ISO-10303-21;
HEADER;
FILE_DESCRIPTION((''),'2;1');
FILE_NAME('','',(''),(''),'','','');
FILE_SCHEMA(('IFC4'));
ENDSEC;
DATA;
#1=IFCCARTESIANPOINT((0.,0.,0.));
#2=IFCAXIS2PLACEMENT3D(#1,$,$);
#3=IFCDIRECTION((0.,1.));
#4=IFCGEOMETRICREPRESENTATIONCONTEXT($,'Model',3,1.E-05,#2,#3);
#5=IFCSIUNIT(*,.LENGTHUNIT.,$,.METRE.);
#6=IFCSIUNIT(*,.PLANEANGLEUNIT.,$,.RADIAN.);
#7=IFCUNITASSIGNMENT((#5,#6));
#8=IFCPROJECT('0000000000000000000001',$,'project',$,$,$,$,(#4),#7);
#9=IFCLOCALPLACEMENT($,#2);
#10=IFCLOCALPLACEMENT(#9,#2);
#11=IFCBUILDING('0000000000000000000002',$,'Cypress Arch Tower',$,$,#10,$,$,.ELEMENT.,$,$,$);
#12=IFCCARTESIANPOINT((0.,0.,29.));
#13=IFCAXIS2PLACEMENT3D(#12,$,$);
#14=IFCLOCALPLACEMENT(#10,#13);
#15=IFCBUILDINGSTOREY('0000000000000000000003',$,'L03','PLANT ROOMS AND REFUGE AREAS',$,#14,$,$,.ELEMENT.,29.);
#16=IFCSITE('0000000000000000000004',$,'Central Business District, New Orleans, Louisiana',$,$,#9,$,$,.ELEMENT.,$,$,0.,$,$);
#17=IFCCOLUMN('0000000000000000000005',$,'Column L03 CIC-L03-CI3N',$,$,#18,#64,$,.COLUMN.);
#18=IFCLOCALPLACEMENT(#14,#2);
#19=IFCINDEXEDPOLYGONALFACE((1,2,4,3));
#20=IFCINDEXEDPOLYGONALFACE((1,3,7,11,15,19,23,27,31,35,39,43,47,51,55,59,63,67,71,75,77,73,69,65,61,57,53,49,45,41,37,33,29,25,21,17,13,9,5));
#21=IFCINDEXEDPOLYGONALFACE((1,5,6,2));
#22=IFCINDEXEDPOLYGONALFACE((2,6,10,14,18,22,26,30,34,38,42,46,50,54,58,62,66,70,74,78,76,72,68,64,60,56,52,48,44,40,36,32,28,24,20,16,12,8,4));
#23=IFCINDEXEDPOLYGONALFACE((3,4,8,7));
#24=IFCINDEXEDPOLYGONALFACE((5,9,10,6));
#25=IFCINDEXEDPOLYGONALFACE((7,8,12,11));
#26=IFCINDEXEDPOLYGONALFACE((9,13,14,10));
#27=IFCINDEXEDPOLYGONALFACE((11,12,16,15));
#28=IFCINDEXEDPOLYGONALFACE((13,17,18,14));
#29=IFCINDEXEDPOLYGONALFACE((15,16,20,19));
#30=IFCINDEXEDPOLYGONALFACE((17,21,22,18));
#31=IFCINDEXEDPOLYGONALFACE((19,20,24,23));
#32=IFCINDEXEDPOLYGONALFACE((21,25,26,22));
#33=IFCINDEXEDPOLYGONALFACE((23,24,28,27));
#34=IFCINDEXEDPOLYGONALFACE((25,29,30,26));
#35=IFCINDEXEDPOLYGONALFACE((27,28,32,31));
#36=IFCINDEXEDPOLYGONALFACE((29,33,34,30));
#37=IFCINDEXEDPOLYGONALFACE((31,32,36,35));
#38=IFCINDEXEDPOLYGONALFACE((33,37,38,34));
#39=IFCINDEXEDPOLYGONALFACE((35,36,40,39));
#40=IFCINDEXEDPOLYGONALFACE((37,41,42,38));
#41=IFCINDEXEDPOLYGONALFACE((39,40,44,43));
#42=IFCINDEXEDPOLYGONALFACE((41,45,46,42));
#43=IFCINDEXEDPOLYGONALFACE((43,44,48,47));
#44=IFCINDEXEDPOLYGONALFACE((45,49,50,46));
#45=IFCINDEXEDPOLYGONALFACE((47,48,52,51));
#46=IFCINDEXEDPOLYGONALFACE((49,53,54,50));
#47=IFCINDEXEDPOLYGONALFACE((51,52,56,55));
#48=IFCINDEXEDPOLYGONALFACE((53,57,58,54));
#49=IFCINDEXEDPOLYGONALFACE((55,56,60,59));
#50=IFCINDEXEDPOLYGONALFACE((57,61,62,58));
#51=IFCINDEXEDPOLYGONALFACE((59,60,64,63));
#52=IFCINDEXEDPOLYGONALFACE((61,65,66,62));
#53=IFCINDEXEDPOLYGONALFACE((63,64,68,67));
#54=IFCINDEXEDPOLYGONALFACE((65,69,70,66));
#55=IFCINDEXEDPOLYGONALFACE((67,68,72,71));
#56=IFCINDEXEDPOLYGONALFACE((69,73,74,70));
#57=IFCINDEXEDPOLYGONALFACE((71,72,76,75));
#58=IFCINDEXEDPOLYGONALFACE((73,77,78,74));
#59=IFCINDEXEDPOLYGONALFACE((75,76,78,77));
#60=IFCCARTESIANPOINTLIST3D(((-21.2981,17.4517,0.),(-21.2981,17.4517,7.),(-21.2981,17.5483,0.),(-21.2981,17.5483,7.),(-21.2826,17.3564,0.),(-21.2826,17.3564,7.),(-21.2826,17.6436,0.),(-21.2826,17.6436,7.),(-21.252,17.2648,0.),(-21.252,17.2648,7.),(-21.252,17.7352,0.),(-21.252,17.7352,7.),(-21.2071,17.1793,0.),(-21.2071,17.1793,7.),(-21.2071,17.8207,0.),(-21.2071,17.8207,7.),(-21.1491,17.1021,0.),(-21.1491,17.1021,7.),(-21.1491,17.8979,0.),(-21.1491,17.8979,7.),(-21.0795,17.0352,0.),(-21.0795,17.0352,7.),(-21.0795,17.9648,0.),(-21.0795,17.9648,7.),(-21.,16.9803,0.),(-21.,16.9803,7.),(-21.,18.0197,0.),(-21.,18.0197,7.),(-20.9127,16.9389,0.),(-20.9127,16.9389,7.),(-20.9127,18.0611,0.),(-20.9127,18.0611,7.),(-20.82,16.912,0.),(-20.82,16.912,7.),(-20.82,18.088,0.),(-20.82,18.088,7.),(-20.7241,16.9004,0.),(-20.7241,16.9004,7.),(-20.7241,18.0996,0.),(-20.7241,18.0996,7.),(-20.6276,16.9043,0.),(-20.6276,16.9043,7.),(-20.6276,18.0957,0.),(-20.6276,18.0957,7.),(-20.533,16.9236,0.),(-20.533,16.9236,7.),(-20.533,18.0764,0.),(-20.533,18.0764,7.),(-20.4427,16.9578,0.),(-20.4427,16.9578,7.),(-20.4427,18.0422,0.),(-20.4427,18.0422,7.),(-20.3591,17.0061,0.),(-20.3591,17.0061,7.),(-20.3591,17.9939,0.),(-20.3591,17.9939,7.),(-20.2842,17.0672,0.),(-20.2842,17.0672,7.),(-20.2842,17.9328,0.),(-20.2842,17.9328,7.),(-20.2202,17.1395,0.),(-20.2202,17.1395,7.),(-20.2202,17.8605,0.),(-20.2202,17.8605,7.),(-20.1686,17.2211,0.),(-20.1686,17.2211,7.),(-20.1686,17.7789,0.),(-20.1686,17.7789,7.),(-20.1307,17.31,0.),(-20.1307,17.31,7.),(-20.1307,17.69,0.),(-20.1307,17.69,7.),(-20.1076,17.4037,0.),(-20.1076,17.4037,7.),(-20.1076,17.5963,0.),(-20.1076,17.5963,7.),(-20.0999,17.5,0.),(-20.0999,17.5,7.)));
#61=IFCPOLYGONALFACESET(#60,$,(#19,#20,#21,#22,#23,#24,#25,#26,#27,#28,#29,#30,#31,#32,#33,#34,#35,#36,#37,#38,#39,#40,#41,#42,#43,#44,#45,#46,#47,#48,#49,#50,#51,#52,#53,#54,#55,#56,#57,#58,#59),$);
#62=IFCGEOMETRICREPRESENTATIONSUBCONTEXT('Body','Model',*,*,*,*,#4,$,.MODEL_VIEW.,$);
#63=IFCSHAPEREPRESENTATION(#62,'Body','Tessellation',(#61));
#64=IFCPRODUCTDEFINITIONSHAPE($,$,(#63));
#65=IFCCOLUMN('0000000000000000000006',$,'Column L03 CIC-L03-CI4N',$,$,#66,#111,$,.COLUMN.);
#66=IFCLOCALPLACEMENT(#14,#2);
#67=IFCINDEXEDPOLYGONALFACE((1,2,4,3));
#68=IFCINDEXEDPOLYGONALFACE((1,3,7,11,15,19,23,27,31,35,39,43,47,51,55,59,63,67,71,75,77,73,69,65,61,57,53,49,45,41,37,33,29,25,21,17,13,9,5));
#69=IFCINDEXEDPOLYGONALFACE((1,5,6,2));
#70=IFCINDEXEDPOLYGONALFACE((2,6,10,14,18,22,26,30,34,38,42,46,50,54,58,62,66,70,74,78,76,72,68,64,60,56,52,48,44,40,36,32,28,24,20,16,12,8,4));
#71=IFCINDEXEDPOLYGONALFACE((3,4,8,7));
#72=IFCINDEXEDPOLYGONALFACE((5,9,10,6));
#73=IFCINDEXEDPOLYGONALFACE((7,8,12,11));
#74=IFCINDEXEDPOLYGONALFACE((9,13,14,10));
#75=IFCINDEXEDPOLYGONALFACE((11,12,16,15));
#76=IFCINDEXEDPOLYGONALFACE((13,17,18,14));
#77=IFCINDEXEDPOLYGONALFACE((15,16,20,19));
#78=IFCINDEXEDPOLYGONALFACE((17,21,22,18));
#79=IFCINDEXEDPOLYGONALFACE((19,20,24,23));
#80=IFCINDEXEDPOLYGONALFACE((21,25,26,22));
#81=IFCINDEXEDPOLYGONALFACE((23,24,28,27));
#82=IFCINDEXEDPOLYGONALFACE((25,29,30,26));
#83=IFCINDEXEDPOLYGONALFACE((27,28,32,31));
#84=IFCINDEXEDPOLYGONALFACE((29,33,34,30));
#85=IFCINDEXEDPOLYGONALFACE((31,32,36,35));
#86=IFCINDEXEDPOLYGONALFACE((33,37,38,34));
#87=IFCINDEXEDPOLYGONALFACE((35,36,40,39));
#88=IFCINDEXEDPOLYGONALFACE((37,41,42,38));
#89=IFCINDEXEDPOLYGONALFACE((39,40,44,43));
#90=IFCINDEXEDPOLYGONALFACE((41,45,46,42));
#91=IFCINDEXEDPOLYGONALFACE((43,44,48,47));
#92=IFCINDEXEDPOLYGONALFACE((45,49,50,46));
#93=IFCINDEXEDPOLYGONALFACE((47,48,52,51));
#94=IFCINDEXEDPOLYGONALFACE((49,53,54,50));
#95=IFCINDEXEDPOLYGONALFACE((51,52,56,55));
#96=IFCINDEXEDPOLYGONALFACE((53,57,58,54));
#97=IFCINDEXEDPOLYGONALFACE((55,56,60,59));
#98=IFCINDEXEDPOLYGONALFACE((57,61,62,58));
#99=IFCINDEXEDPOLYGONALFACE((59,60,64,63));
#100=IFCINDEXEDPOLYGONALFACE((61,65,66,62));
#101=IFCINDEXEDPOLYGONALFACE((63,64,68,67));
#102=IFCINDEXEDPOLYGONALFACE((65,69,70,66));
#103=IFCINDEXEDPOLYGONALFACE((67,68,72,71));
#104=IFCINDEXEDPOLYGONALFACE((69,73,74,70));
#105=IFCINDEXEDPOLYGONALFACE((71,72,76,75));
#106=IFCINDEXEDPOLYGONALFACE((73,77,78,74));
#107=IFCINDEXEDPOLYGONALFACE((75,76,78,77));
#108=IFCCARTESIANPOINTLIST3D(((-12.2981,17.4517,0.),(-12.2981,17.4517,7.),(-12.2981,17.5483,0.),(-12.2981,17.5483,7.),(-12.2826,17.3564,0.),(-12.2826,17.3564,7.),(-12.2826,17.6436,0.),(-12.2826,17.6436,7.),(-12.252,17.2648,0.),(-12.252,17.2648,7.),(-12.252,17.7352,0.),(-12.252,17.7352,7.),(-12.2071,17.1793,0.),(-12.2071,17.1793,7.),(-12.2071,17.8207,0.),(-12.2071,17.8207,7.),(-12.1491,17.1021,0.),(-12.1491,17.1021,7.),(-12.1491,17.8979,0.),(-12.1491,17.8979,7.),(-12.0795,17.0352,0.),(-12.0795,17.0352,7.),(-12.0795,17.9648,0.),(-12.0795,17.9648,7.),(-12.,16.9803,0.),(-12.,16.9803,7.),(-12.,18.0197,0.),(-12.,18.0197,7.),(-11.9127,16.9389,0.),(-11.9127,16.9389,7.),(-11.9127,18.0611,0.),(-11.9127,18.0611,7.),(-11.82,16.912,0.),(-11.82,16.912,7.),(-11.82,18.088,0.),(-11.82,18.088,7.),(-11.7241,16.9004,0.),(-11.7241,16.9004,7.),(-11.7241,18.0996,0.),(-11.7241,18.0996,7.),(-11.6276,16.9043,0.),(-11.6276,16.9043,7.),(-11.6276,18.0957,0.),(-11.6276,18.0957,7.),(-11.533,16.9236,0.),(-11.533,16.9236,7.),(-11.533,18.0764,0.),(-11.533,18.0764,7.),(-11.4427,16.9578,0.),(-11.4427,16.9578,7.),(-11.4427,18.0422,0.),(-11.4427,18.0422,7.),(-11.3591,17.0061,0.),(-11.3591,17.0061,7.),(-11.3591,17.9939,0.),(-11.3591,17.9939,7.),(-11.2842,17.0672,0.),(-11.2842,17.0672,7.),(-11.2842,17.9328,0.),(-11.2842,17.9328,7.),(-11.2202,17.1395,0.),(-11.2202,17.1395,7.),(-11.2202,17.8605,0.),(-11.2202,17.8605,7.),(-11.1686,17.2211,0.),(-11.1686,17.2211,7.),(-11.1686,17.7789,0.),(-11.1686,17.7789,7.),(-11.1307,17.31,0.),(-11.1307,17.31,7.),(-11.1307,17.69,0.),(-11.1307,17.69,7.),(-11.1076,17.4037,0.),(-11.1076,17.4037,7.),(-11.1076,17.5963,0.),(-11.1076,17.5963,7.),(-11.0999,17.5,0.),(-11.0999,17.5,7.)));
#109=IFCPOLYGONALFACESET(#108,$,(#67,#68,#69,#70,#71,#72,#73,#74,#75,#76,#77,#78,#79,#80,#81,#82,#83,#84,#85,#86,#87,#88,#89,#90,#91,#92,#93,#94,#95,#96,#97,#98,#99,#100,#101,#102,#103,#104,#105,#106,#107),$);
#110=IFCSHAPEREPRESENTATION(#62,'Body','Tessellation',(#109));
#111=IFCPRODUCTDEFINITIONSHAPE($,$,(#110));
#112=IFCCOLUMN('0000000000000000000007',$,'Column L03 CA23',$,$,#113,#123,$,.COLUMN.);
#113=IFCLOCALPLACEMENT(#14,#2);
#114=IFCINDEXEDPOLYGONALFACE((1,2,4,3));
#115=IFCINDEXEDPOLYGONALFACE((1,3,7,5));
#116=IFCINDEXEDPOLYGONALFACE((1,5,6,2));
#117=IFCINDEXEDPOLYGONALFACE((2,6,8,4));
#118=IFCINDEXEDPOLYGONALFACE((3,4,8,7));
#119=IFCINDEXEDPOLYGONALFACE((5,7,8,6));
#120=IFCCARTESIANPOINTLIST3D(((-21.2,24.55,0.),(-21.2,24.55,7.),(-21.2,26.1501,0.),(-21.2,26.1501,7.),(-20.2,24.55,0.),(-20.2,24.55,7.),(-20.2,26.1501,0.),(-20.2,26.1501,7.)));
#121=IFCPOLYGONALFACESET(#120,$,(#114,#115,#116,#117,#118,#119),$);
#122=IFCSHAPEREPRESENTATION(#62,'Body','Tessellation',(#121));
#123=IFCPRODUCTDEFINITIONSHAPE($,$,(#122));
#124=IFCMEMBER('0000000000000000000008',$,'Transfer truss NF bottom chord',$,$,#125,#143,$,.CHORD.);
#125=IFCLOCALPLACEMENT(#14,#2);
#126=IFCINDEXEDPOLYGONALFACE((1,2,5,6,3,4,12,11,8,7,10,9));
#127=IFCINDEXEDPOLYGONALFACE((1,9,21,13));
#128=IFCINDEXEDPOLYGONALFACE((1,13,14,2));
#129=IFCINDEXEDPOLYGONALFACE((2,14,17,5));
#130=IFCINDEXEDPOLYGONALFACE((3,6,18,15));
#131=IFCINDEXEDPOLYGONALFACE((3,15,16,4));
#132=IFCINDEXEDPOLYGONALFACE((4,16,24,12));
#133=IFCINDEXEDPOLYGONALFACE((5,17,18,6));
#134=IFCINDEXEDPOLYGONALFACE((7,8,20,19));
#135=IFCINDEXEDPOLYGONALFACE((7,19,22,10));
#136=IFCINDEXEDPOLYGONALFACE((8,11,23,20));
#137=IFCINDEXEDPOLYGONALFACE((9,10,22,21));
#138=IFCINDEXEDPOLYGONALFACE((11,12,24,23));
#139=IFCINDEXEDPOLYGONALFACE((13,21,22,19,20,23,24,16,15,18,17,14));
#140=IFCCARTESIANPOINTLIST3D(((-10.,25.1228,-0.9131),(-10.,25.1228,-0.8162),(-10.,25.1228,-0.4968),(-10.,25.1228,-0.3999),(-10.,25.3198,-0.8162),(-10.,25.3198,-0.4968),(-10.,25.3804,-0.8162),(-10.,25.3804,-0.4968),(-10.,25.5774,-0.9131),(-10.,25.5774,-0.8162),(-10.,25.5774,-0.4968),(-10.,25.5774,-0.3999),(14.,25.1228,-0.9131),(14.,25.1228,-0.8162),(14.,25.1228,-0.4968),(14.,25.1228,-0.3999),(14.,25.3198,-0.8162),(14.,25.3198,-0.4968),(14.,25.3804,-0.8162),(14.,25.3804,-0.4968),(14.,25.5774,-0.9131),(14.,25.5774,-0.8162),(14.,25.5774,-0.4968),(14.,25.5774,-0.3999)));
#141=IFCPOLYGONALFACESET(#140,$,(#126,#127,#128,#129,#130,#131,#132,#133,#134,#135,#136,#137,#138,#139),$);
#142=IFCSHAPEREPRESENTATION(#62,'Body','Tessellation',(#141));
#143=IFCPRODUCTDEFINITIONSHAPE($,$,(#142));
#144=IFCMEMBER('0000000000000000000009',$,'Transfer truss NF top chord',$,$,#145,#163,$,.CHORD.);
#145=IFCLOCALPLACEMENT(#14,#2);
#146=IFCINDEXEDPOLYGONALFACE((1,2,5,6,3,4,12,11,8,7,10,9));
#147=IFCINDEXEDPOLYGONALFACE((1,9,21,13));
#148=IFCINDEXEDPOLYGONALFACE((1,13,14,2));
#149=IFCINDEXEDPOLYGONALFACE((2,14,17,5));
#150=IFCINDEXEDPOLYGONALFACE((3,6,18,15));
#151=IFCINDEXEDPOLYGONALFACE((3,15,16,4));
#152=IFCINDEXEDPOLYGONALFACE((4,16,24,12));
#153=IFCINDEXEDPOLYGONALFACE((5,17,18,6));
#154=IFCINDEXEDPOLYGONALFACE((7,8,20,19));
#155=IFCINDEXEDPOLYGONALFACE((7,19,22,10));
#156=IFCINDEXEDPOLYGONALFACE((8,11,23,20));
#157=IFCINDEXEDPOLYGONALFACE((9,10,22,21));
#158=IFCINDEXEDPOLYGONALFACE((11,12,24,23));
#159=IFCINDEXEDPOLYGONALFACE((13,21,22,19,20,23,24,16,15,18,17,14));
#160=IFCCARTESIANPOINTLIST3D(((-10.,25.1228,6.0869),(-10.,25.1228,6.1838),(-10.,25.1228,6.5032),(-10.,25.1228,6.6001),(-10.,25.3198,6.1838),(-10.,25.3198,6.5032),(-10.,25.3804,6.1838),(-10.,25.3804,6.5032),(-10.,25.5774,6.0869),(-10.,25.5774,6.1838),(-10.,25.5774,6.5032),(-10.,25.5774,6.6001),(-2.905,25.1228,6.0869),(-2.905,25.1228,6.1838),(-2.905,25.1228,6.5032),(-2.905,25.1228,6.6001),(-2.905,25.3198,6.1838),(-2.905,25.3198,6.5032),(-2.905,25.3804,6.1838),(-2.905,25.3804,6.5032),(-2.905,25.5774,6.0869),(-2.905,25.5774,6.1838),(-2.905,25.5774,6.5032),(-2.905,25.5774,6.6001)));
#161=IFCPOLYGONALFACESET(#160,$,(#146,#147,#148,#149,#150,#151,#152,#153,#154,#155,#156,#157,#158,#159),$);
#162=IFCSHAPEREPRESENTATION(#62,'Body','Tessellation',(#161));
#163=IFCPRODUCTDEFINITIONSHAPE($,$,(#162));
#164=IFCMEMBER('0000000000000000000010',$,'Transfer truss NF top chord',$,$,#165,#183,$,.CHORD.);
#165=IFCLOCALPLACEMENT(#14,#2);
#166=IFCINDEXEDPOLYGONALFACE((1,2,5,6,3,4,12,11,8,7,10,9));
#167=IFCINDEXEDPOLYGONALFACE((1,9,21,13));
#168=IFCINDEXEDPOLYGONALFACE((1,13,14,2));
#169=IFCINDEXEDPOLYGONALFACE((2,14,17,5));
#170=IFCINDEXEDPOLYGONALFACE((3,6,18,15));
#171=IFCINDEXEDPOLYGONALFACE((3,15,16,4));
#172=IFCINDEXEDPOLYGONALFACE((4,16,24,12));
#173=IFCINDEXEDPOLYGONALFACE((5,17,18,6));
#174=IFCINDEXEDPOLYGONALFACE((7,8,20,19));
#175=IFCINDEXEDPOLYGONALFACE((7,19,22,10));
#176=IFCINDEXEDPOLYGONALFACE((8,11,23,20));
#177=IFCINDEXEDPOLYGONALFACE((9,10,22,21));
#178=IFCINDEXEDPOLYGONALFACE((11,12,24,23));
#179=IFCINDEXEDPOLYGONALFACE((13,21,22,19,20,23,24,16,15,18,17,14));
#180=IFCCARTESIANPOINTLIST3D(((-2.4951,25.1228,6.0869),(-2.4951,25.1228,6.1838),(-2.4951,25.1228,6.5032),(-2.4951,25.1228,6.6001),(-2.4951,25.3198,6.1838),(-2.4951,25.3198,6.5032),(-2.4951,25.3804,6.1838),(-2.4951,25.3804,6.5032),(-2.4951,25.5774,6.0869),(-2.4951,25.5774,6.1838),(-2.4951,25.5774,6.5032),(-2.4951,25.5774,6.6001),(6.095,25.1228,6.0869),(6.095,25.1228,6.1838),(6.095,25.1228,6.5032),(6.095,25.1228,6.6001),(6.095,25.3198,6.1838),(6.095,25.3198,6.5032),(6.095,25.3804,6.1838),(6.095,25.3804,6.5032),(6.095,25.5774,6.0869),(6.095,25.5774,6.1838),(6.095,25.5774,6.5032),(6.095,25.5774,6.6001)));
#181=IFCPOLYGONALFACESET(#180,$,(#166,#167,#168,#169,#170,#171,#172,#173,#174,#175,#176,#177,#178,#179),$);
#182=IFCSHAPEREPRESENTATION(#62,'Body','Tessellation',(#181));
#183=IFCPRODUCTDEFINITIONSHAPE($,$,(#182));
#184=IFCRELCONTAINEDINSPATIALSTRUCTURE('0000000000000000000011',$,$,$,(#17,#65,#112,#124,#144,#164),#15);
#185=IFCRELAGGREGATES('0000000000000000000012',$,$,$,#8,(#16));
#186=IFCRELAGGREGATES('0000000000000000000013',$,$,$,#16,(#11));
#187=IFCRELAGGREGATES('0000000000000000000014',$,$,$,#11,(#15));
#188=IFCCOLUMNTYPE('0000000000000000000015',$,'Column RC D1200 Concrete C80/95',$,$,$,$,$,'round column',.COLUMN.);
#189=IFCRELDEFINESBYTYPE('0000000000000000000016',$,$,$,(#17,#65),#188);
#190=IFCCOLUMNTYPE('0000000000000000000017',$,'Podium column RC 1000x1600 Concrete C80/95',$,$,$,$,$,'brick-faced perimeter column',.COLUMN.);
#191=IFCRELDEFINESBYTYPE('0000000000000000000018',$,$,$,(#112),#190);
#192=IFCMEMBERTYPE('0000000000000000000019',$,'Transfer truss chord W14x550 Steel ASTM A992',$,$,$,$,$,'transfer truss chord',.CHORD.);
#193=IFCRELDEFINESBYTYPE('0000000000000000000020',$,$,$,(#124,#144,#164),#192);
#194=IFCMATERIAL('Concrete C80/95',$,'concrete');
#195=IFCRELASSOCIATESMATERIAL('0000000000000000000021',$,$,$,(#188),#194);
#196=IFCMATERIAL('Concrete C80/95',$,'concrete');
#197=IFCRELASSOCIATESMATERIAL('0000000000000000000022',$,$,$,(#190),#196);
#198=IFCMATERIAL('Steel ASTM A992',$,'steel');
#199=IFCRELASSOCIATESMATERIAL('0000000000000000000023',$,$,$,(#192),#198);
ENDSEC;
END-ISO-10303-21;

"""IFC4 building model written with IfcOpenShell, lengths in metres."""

from ifc_helpers import new_model, si_unit, direction, frame, origin, origin_2d, place, context, subcontext, project, spatial, rectangle, circle, i_section, extrude, material, material_profile, profile_set, type_object, element, save


model = new_model("IFC4")

# Units and contexts
model_context = context("Model", 3, precision=1e-05, world=origin(), true_north=direction((0.0, 1.0)))
body_context = subcontext(model_context, "Body", "Model", "MODEL_VIEW")
ifc_project = project(units=[si_unit("LENGTHUNIT", "METRE"), si_unit("PLANEANGLEUNIT", "RADIAN")], contexts=[model_context])

# Site, building, storey
site_placement = place(None, origin())
site = spatial("IfcSite", under=ifc_project, at=site_placement, Name="Central Business District, New Orleans, Louisiana", CompositionType="ELEMENT", RefElevation=0.0)
building_placement = place(site_placement, origin())
building = spatial("IfcBuilding", under=site, at=building_placement, Name="Cypress Arch Tower", CompositionType="ELEMENT")
storey_placement = place(building_placement, frame((0.0, 0.0, 29.0)))
storey = spatial("IfcBuildingStorey", under=building, at=storey_placement, Name="L03", Description="PLANT ROOMS AND REFUGE AREAS", CompositionType="ELEMENT", Elevation=29.0)

# Columns
ifc_material_1 = material(Name="Concrete C80/95", Category="concrete")
ifc_material_profile_1 = material_profile(ifc_material_1, circle(Radius=0.6001, at=origin_2d()), Name="RC D1200")
ifc_profile_set_1 = profile_set([ifc_material_profile_1], Name="Concrete C80/95")
column_type_1 = type_object("IfcColumnType", Name="Column RC D1200 Concrete C80/95", ElementType="round column", PredefinedType="COLUMN", material=ifc_profile_set_1)
for number, where, z_axis, x_axis, name in (
    (1, (-20.7, 17.5, 0.0), (0.0, 0.0, 1.0), (1.0, 0.0, 0.0), "Column L03 CIC-L03-CI3N"),
    (2, (-11.7, 17.5, 0.0), (0.0, 0.0, 1.0), (1.0, 0.0, 0.0), "Column L03 CIC-L03-CI4N"),
):
    element("IfcColumn", number, at=place(storey_placement, frame(where, z_axis=z_axis, x_axis=x_axis)), inside=storey, type_object=column_type_1, Name=name, PredefinedType="COLUMN", context=body_context, shape_type="SweptSolid", body=[
        extrude(circle(Radius=0.6001, at=origin_2d()), origin(), (0.0, 0.0, 1.0), 7.0),
    ])
ifc_material_2 = material(Name="Concrete C80/95", Category="concrete")
ifc_material_profile_2 = material_profile(ifc_material_2, rectangle(XDim=1.0, YDim=1.6001, at=origin_2d()), Name="RC 1000x1600")
ifc_profile_set_2 = profile_set([ifc_material_profile_2], Name="Concrete C80/95")
column_type_2 = type_object("IfcColumnType", Name="Podium column RC 1000x1600 Concrete C80/95", ElementType="brick-faced perimeter column", PredefinedType="COLUMN", material=ifc_profile_set_2)
column_placement = place(storey_placement, frame((-20.7, 25.3501, 0.0), z_axis=(0.0, 0.0, 1.0), x_axis=(-1.0, 0.0, 0.0)))
element("IfcColumn", 3, at=column_placement, inside=storey, type_object=column_type_2, Name="Column L03 CA23", PredefinedType="COLUMN", context=body_context, shape_type="SweptSolid", body=[
    extrude(rectangle(XDim=1.0, YDim=1.6001, at=origin_2d()), origin(), (0.0, 0.0, 1.0), 7.0),
])

# Members
ifc_material_3 = material(Name="Steel ASTM A992", Category="steel")
ifc_material_profile_3 = material_profile(ifc_material_3, i_section(OverallWidth=0.4546, OverallDepth=0.5132, WebThickness=0.0605, FlangeThickness=0.0969, at=origin_2d()), Name="W14x550")
ifc_profile_set_3 = profile_set([ifc_material_profile_3], Name="Steel ASTM A992")
member_type_1 = type_object("IfcMemberType", Name="Transfer truss chord W14x550 Steel ASTM A992", ElementType="transfer truss chord", PredefinedType="CHORD", material=ifc_profile_set_3)
member_1_placement = place(storey_placement, frame((-10.0, 25.3501, -0.6565), z_axis=(1.0, 0.0, 0.0), x_axis=(0.0, 1.0, 0.0)))
element("IfcMember", 4, at=member_1_placement, inside=storey, type_object=member_type_1, Name="Transfer truss NF bottom chord", PredefinedType="CHORD", context=body_context, shape_type="SweptSolid", body=[
    extrude(i_section(OverallWidth=0.4546, OverallDepth=0.5132, WebThickness=0.0605, FlangeThickness=0.0969, at=origin_2d()), origin(), (0.0, 0.0, 1.0), 24.0),
])
member_2_placement = place(storey_placement, frame((-10.0, 25.3501, 6.3435), z_axis=(1.0, 0.0, 0.0), x_axis=(0.0, 1.0, 0.0)))
element("IfcMember", 5, at=member_2_placement, inside=storey, type_object=member_type_1, Name="Transfer truss NF top chord", PredefinedType="CHORD", context=body_context, shape_type="SweptSolid", body=[
    extrude(i_section(OverallWidth=0.4546, OverallDepth=0.5132, WebThickness=0.0605, FlangeThickness=0.0969, at=origin_2d()), origin(), (0.0, 0.0, 1.0), 7.095),
])
member_3_placement = place(storey_placement, frame((-2.4951, 25.3501, 6.3435), z_axis=(1.0, 0.0, 0.0), x_axis=(0.0, 1.0, 0.0)))
element("IfcMember", 6, at=member_3_placement, inside=storey, type_object=member_type_1, Name="Transfer truss NF top chord", PredefinedType="CHORD", context=body_context, shape_type="SweptSolid", body=[
    extrude(i_section(OverallWidth=0.4546, OverallDepth=0.5132, WebThickness=0.0605, FlangeThickness=0.0969, at=origin_2d()), origin(), (0.0, 0.0, 1.0), 8.5901),
])

save(model, "model.ifc")
